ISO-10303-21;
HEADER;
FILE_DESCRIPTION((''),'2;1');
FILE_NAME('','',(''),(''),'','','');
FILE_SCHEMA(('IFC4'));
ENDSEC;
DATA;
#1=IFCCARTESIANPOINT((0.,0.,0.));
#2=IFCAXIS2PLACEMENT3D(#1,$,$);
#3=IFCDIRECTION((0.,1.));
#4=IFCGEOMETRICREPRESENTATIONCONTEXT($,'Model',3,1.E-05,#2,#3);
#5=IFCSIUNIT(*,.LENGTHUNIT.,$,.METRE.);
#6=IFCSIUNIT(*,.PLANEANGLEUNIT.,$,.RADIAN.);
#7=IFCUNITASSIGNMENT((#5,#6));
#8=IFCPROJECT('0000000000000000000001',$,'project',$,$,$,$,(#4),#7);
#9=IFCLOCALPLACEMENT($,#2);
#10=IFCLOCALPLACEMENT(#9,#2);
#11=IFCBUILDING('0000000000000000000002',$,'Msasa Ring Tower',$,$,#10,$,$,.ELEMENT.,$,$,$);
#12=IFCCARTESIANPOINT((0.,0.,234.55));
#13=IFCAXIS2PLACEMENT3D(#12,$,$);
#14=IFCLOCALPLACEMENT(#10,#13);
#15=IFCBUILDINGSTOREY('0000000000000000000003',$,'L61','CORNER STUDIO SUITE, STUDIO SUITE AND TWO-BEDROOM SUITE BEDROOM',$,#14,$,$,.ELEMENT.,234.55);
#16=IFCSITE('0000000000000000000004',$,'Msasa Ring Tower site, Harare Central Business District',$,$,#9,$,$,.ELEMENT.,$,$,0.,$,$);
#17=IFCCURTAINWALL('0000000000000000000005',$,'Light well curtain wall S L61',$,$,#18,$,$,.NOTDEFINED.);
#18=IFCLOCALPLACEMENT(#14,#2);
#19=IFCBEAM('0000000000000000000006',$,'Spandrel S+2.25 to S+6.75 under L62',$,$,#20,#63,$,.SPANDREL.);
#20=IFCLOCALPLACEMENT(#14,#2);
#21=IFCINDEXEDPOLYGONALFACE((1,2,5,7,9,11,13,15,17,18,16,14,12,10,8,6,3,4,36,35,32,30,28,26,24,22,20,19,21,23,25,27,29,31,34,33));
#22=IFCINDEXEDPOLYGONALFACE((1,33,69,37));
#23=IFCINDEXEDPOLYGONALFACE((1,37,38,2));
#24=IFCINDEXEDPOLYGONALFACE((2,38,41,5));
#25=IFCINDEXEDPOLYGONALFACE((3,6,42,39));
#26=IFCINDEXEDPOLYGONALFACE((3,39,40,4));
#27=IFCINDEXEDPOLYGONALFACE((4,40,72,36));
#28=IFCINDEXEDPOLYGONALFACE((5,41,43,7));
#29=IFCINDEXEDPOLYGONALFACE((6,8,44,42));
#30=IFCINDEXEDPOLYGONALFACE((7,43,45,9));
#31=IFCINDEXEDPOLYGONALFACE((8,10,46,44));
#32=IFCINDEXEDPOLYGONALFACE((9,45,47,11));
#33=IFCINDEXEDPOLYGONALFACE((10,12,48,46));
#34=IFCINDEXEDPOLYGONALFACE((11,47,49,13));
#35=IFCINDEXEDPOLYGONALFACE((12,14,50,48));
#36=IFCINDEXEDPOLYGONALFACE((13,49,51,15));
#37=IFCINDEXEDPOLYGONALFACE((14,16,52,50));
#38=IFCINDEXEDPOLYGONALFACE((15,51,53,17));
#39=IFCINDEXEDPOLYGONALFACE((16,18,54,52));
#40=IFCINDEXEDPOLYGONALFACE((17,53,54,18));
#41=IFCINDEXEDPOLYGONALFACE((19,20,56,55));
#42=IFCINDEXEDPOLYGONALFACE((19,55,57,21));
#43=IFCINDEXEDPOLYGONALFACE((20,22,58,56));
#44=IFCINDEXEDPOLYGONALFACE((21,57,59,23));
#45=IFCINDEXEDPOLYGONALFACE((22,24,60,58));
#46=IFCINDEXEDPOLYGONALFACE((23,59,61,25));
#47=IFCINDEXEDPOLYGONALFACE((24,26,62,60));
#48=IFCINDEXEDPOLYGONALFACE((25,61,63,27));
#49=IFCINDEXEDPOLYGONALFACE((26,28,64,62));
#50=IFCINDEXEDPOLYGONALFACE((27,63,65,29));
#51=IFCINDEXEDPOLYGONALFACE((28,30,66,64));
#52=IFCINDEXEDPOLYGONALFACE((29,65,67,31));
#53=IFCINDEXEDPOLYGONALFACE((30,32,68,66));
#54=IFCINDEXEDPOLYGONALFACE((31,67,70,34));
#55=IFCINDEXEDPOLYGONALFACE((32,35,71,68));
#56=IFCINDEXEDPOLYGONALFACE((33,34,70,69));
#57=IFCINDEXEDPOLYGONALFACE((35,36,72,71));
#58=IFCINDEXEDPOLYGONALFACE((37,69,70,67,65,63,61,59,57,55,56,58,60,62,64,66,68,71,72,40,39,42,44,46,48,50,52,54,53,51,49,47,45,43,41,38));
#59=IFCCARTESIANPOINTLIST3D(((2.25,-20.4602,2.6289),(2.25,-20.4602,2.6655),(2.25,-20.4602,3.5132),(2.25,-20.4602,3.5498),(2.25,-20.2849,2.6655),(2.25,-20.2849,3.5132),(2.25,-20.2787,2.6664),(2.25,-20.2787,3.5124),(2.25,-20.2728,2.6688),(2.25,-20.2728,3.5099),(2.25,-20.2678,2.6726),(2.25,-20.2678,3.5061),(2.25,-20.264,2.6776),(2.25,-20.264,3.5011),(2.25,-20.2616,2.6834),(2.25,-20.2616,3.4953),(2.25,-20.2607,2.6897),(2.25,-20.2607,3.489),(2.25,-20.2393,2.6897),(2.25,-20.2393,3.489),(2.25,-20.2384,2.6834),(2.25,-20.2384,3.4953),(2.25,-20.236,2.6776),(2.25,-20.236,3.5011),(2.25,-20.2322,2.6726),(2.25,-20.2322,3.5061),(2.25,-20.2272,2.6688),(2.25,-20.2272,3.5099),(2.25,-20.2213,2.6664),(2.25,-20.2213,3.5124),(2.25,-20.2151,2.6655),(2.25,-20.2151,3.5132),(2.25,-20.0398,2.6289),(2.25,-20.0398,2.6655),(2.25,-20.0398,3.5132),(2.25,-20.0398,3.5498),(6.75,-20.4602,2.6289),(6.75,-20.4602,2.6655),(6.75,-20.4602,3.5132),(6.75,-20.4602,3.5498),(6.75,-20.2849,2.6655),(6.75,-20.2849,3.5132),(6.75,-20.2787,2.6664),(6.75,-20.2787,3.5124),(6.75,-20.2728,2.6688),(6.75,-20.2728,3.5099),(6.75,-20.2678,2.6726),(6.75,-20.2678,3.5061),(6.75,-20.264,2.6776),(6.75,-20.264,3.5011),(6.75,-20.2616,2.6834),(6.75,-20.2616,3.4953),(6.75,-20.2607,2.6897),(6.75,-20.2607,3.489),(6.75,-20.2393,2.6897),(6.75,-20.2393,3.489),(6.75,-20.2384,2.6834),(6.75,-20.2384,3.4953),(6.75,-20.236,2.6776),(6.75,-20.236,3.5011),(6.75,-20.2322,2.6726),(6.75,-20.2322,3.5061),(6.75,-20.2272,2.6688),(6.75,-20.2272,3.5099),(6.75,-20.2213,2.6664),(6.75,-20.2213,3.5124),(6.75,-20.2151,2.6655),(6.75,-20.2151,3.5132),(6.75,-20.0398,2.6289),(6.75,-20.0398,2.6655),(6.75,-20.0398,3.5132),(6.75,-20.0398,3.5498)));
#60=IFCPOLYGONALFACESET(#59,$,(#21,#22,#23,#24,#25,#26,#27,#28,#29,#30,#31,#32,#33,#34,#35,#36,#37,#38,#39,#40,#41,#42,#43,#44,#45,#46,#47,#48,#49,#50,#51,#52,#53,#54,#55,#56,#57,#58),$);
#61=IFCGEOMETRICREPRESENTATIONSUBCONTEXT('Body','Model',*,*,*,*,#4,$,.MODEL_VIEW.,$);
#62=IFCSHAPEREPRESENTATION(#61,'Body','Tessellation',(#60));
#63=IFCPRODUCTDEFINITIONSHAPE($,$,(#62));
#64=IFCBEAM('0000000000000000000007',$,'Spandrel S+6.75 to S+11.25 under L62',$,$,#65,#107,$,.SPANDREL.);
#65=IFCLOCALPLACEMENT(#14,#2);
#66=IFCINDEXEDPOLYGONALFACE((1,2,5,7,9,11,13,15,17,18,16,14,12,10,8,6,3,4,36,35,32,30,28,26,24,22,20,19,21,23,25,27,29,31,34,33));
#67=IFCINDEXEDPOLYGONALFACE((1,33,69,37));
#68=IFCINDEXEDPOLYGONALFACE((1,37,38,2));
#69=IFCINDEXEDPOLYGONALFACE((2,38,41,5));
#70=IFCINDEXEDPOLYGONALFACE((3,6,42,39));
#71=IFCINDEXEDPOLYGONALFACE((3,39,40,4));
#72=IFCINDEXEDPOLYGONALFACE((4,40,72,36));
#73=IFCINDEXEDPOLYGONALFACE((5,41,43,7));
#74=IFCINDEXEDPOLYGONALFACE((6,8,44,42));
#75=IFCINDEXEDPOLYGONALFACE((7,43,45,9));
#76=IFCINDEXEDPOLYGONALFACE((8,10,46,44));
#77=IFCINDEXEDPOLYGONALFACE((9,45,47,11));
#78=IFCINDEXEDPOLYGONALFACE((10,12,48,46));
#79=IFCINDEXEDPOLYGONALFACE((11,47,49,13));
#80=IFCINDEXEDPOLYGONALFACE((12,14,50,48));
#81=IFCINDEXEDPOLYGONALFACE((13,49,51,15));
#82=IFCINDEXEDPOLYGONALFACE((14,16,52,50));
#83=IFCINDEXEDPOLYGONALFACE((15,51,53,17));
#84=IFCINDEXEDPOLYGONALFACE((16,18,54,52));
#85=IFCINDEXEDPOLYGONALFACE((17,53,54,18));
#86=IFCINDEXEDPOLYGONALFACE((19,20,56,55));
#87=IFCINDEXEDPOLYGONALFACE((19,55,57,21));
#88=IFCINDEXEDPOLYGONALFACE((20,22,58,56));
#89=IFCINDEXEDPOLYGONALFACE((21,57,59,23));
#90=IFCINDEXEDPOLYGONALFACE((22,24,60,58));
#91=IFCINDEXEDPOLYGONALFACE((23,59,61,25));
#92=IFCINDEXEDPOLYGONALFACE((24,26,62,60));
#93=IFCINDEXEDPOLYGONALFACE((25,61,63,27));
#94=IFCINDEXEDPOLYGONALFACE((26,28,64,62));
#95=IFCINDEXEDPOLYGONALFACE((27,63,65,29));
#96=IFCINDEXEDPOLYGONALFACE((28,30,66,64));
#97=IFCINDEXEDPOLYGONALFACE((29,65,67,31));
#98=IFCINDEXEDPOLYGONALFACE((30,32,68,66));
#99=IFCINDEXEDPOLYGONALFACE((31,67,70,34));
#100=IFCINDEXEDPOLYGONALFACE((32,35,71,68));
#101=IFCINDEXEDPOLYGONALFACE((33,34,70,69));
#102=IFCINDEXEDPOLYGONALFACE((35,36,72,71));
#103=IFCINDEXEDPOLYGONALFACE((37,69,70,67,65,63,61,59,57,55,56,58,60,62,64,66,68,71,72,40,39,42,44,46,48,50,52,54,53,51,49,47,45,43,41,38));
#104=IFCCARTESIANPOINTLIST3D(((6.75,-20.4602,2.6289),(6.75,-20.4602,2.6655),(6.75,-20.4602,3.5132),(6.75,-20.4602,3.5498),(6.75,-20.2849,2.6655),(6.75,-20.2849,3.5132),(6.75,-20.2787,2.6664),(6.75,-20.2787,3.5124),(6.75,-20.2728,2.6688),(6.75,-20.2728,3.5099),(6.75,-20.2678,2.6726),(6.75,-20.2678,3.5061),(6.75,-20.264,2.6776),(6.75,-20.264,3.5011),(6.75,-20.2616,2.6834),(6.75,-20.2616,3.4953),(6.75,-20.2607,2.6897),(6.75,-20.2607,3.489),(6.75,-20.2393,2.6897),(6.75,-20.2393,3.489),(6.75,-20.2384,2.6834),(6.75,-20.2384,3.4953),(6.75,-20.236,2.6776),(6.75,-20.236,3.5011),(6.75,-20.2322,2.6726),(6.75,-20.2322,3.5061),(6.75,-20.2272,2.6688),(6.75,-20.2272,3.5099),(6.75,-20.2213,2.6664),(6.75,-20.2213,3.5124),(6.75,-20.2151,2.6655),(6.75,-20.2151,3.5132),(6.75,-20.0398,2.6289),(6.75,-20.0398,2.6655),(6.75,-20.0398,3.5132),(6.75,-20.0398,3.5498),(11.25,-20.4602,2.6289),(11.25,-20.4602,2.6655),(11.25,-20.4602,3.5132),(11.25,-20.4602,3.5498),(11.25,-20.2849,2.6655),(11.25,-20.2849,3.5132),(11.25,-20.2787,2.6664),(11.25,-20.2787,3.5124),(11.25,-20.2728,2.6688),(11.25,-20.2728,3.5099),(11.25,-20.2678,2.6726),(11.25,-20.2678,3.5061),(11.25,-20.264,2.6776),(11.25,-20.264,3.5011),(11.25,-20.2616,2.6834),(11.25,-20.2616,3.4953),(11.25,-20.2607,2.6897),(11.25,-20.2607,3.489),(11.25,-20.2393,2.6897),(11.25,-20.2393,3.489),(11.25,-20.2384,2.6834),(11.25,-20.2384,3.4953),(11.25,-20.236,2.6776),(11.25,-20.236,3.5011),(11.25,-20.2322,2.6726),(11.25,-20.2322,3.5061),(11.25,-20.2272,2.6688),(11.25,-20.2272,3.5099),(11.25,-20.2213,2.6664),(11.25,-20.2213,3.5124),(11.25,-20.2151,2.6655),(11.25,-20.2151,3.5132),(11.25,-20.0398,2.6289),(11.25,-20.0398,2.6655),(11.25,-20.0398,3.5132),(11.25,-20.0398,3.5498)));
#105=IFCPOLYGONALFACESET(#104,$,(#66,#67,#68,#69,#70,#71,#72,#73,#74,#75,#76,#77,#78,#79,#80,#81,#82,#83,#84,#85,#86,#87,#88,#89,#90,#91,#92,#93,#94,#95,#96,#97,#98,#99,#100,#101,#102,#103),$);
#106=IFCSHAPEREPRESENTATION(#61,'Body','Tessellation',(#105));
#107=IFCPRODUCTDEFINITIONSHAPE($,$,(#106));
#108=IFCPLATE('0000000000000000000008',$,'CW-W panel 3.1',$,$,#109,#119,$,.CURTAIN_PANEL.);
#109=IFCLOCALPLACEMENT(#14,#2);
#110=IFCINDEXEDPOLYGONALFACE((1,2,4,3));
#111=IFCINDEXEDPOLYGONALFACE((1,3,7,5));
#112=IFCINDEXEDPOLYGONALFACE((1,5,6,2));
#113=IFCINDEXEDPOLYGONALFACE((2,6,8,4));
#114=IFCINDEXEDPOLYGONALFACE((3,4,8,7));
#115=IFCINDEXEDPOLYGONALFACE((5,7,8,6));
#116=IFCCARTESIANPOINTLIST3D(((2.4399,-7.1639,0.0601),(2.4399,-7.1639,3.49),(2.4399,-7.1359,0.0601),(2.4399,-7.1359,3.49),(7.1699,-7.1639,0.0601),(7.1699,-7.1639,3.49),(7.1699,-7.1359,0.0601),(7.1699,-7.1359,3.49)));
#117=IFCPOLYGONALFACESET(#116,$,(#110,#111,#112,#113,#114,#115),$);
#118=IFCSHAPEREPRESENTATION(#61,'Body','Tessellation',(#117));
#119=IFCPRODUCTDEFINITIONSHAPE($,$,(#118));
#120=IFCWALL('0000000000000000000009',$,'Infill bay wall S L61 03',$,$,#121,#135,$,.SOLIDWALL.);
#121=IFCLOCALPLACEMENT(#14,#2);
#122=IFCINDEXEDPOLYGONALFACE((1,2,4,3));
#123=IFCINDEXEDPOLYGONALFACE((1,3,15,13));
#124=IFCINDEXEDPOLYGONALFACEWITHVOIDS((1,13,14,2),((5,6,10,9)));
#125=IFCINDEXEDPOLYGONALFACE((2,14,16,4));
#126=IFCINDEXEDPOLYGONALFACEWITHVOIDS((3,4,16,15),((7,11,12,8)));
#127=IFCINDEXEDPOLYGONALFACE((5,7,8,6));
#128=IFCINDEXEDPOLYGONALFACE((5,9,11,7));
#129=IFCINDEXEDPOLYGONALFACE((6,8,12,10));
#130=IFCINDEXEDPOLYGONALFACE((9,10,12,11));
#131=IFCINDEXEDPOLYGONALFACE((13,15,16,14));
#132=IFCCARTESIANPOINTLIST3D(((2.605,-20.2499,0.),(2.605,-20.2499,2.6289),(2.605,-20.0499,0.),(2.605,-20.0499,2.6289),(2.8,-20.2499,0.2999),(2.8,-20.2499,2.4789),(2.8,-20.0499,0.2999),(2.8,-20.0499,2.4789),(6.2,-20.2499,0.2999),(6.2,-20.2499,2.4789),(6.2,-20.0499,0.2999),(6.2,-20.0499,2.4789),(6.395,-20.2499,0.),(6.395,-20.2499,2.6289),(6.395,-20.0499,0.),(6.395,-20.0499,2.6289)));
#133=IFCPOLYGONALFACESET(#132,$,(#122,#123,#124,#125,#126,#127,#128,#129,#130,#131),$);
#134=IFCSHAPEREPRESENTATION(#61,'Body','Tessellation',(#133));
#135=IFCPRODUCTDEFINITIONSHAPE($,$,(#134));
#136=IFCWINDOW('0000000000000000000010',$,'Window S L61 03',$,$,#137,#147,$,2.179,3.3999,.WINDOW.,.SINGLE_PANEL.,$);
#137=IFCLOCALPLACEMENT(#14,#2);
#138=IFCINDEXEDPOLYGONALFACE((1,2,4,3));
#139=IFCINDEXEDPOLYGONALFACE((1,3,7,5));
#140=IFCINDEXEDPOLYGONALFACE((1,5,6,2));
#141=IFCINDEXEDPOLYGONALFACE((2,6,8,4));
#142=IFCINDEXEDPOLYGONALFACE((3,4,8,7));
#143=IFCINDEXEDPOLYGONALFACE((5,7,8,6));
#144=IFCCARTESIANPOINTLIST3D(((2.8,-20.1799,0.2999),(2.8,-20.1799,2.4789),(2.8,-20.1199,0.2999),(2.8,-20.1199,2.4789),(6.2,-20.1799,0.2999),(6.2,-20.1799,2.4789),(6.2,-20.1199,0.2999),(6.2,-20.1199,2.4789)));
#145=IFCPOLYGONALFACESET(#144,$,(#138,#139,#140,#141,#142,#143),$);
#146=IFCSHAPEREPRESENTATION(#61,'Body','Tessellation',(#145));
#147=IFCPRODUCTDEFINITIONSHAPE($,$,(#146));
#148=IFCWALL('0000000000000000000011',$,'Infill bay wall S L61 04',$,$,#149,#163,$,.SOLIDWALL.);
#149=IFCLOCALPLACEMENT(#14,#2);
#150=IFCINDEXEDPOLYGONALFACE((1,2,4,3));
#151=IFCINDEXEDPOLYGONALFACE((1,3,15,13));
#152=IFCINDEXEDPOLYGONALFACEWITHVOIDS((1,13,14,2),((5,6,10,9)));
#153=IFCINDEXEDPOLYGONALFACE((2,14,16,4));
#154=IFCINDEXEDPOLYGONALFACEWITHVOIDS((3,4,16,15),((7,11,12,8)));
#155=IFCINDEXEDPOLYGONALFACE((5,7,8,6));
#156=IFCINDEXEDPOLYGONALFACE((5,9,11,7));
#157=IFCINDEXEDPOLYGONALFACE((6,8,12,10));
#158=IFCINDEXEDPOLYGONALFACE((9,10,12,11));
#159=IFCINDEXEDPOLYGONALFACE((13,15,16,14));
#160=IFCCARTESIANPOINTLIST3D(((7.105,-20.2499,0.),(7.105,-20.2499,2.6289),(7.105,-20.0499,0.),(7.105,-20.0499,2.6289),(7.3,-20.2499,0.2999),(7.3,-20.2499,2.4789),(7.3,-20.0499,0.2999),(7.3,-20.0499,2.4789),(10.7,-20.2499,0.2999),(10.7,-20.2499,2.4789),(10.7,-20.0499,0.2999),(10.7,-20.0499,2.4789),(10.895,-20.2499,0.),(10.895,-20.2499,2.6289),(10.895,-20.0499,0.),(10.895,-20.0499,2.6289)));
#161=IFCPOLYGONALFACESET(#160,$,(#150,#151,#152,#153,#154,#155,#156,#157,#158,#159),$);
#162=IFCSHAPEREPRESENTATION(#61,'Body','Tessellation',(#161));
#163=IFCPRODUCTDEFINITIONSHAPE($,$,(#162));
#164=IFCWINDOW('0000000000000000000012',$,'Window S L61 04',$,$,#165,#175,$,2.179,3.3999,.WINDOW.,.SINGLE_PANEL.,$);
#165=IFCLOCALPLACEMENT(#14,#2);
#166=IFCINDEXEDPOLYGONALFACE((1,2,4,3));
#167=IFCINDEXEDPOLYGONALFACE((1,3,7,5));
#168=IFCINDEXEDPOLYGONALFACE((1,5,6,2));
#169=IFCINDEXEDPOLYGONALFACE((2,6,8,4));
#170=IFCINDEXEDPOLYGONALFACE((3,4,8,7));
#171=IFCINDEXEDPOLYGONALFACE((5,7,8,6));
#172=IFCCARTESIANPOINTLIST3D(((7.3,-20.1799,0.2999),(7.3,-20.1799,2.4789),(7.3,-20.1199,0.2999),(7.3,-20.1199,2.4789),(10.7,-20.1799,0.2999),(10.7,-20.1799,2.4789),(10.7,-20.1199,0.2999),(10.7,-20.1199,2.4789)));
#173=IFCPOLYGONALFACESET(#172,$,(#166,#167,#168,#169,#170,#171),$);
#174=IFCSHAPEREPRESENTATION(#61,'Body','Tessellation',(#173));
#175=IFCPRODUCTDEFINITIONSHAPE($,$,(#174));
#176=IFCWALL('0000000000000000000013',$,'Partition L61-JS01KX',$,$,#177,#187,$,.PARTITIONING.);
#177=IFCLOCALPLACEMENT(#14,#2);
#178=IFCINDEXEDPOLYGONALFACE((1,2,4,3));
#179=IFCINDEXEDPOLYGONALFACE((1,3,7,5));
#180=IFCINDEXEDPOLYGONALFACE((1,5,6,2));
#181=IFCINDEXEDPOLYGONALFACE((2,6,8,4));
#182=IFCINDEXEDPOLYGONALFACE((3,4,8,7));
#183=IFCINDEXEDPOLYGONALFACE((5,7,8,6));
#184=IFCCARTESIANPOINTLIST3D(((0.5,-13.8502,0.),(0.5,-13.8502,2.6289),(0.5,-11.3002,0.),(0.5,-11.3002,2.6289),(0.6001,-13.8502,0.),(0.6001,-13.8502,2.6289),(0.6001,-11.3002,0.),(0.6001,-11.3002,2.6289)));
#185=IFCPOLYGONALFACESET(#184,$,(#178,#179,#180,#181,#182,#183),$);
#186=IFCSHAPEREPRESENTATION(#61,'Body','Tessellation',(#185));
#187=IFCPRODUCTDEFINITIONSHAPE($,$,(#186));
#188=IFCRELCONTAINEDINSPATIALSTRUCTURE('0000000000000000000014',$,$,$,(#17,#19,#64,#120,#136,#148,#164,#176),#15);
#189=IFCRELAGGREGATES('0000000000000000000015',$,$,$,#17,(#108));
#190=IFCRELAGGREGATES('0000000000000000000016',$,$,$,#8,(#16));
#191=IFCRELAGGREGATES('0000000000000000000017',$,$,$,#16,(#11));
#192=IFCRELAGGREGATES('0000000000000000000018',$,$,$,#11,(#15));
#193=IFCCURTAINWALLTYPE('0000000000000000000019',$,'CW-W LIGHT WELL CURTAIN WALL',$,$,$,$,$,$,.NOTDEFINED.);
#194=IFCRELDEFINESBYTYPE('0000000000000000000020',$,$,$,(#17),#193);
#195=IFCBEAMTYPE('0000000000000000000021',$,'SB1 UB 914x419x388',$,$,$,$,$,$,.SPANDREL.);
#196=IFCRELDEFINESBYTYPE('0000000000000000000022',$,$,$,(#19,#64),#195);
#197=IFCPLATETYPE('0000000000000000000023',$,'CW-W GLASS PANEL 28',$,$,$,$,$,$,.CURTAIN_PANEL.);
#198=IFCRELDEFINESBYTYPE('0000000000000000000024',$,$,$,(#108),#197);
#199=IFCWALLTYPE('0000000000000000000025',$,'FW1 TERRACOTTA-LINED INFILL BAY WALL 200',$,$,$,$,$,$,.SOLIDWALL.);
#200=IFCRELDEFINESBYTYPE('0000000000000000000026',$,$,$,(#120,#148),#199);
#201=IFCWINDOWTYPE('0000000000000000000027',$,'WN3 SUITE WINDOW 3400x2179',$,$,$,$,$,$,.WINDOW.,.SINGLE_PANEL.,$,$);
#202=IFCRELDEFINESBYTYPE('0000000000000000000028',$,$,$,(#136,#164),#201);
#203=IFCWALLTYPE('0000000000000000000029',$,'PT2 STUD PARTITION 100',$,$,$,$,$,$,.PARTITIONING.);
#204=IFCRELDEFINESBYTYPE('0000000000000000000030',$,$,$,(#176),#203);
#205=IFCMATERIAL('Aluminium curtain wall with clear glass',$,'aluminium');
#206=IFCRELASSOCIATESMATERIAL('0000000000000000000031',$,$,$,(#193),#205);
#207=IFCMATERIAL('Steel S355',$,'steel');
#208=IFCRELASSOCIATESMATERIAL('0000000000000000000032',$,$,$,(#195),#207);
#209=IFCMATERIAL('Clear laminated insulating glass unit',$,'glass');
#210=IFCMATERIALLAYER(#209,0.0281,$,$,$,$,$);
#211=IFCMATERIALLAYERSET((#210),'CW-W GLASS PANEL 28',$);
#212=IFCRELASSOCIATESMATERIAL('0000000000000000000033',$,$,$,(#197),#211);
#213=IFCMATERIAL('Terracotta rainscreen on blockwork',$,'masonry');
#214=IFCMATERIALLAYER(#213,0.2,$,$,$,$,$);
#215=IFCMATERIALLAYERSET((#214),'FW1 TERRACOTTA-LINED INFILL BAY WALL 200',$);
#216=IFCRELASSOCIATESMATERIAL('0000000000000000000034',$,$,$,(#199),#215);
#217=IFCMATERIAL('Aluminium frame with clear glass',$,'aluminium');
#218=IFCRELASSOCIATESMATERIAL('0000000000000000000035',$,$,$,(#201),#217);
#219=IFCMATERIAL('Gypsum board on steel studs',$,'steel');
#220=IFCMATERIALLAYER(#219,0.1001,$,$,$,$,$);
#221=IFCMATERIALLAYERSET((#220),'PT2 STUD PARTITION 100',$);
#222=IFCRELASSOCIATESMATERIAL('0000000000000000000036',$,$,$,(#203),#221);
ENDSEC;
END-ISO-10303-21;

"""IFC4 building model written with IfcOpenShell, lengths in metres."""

from ifc_helpers import new_model, si_unit, direction, frame, frame_2d, origin, origin_2d, place, context, subcontext, project, spatial, rectangle, i_section, extrude, material, layer, layer_set, material_profile, profile_set, type_object, element, fill, aggregate, save


model = new_model("IFC4")

# Units and contexts
model_context = context("Model", 3, precision=1e-05, world=origin(), true_north=direction((0.0, 1.0)))
body_context = subcontext(model_context, "Body", "Model", "MODEL_VIEW")
ifc_project = project(units=[si_unit("LENGTHUNIT", "METRE"), si_unit("PLANEANGLEUNIT", "RADIAN")], contexts=[model_context])

# Site, building, storey
site_placement = place(None, origin())
site = spatial("IfcSite", under=ifc_project, at=site_placement, Name="Msasa Ring Tower site, Harare Central Business District", CompositionType="ELEMENT", RefElevation=0.0)
building_placement = place(site_placement, origin())
building = spatial("IfcBuilding", under=site, at=building_placement, Name="Msasa Ring Tower", CompositionType="ELEMENT")
storey_placement = place(building_placement, frame((0.0, 0.0, 234.55)))
storey = spatial("IfcBuildingStorey", under=building, at=storey_placement, Name="L61", Description="CORNER STUDIO SUITE, STUDIO SUITE AND TWO-BEDROOM SUITE BEDROOM", CompositionType="ELEMENT", Elevation=234.55)

# Curtain wall
ifc_material_1 = material(Name="Aluminium curtain wall with clear glass", Category="aluminium")
curtain_wall_type = type_object("IfcCurtainWallType", Name="CW-W LIGHT WELL CURTAIN WALL", PredefinedType="NOTDEFINED", material=ifc_material_1)
curtain_wall_placement = place(storey_placement, origin())
curtain_wall = element("IfcCurtainWall", 1, at=curtain_wall_placement, inside=storey, type_object=curtain_wall_type, Name="Light well curtain wall S L61", PredefinedType="NOTDEFINED")

# Beams
ifc_material_2 = material(Name="Steel S355", Category="steel")
ifc_material_profile_1 = material_profile(ifc_material_2, i_section(OverallWidth=0.4204, OverallDepth=0.9209, WebThickness=0.0215, FlangeThickness=0.0366, FilletRadius=0.0242, at=origin_2d()), Name="UB 914x419x388")
ifc_profile_set_1 = profile_set([ifc_material_profile_1], Name="Steel S355")
beam_type_1 = type_object("IfcBeamType", Name="SB1 UB 914x419x388", PredefinedType="SPANDREL", material=ifc_profile_set_1)
for number, where, z_axis, x_axis, name in (
    (2, (2.25, -20.25, 3.0894), (1.0, 0.0, 0.0), (0.0, 1.0, 0.0), "Spandrel S+2.25 to S+6.75 under L62"),
    (3, (6.75, -20.25, 3.0894), (1.0, 0.0, 0.0), (0.0, 1.0, 0.0), "Spandrel S+6.75 to S+11.25 under L62"),
):
    element("IfcBeam", number, at=place(storey_placement, frame(where, z_axis=z_axis, x_axis=x_axis)), inside=storey, type_object=beam_type_1, Name=name, PredefinedType="SPANDREL", context=body_context, shape_type="SweptSolid", body=[
        extrude(i_section(OverallWidth=0.4204, OverallDepth=0.9209, WebThickness=0.0215, FlangeThickness=0.0366, FilletRadius=0.0242, at=origin_2d()), origin(), (0.0, 0.0, 1.0), 4.5),
    ])

# Plate
ifc_material_3 = material(Name="Clear laminated insulating glass unit", Category="glass")
ifc_layer_1 = layer(ifc_material_3, 0.0281)
ifc_layer_set_1 = layer_set([ifc_layer_1], Name="CW-W GLASS PANEL 28")
plate_type = type_object("IfcPlateType", Name="CW-W GLASS PANEL 28", PredefinedType="CURTAIN_PANEL", material=ifc_layer_set_1)
plate_placement = place(storey_placement, frame((4.8049, -7.1499, 0.0601), z_axis=(0.0, 0.0, 1.0), x_axis=(1.0, 0.0, 0.0)))
plate = element("IfcPlate", 4, at=plate_placement, type_object=plate_type, Name="CW-W panel 3.1", PredefinedType="CURTAIN_PANEL", context=body_context, shape_type="SweptSolid", body=[
    extrude(rectangle(XDim=4.73, YDim=0.0281, at=origin_2d()), origin(), (0.0, 0.0, 1.0), 3.4299),
])
aggregate(curtain_wall, [plate])

# Walls, openings, windows
ifc_material_4 = material(Name="Terracotta rainscreen on blockwork", Category="masonry")
ifc_layer_2 = layer(ifc_material_4, 0.2)
ifc_layer_set_2 = layer_set([ifc_layer_2], Name="FW1 TERRACOTTA-LINED INFILL BAY WALL 200")
wall_type_1 = type_object("IfcWallType", Name="FW1 TERRACOTTA-LINED INFILL BAY WALL 200", PredefinedType="SOLIDWALL", material=ifc_layer_set_2)
wall_1_placement = place(storey_placement, frame((2.605, -20.1499, 0.0), z_axis=(0.0, 0.0, 1.0), x_axis=(1.0, 0.0, 0.0)))
wall_1 = element("IfcWall", 5, at=wall_1_placement, inside=storey, type_object=wall_type_1, Name="Infill bay wall S L61 03", PredefinedType="SOLIDWALL", context=body_context, shape_type="SweptSolid", body=[
    extrude(rectangle(XDim=3.79, YDim=0.2, at=frame_2d((1.895, 0.0))), origin(), (0.0, 0.0, 1.0), 2.6289),
])
opening_1_placement = place(wall_1_placement, frame((0.1951, 0.0, 0.3)))
opening_1 = element("IfcOpeningElement", 6, at=opening_1_placement, cuts=wall_1, PredefinedType="OPENING", context=body_context, shape_type="SweptSolid", body=[
    extrude(rectangle(XDim=3.3999, YDim=2.179, at=frame_2d((1.7, 1.0894))), frame((0.0, 0.1099, 0.0), z_axis=(0.0, -1.0, 0.0), x_axis=(1.0, 0.0, 0.0)), (0.0, 0.0, 1.0), 0.22),
])
ifc_material_5 = material(Name="Aluminium frame with clear glass", Category="aluminium")
window_type = type_object("IfcWindowType", Name="WN3 SUITE WINDOW 3400x2179", PartitioningType="SINGLE_PANEL", PredefinedType="WINDOW", material=ifc_material_5)
window_1_placement = place(opening_1_placement, origin())
window_1 = element("IfcWindow", 7, at=window_1_placement, inside=storey, type_object=window_type, Name="Window S L61 03", OverallHeight=2.179, OverallWidth=3.3999, PartitioningType="SINGLE_PANEL", PredefinedType="WINDOW", context=body_context, shape_type="SweptSolid", body=[
    extrude(rectangle(XDim=3.3999, YDim=2.179, at=frame_2d((1.7, 1.0894))), frame((0.0, 0.03, 0.0), z_axis=(0.0, -1.0, 0.0), x_axis=(1.0, 0.0, 0.0)), (0.0, 0.0, 1.0), 0.0601),
])
fill(opening_1, window_1)
wall_2_placement = place(storey_placement, frame((7.105, -20.1499, 0.0), z_axis=(0.0, 0.0, 1.0), x_axis=(1.0, 0.0, 0.0)))
wall_2 = element("IfcWall", 8, at=wall_2_placement, inside=storey, type_object=wall_type_1, Name="Infill bay wall S L61 04", PredefinedType="SOLIDWALL", context=body_context, shape_type="SweptSolid", body=[
    extrude(rectangle(XDim=3.79, YDim=0.2, at=frame_2d((1.895, 0.0))), origin(), (0.0, 0.0, 1.0), 2.6289),
])
opening_2_placement = place(wall_2_placement, frame((0.1951, 0.0, 0.3)))
opening_2 = element("IfcOpeningElement", 9, at=opening_2_placement, cuts=wall_2, PredefinedType="OPENING", context=body_context, shape_type="SweptSolid", body=[
    extrude(rectangle(XDim=3.3999, YDim=2.179, at=frame_2d((1.7, 1.0894))), frame((0.0, 0.1099, 0.0), z_axis=(0.0, -1.0, 0.0), x_axis=(1.0, 0.0, 0.0)), (0.0, 0.0, 1.0), 0.22),
])
window_2_placement = place(opening_2_placement, origin())
window_2 = element("IfcWindow", 10, at=window_2_placement, inside=storey, type_object=window_type, Name="Window S L61 04", OverallHeight=2.179, OverallWidth=3.3999, PartitioningType="SINGLE_PANEL", PredefinedType="WINDOW", context=body_context, shape_type="SweptSolid", body=[
    extrude(rectangle(XDim=3.3999, YDim=2.179, at=frame_2d((1.7, 1.0894))), frame((0.0, 0.03, 0.0), z_axis=(0.0, -1.0, 0.0), x_axis=(1.0, 0.0, 0.0)), (0.0, 0.0, 1.0), 0.0601),
])
fill(opening_2, window_2)

# Wall
ifc_material_6 = material(Name="Gypsum board on steel studs", Category="steel")
ifc_layer_3 = layer(ifc_material_6, 0.1001)
ifc_layer_set_3 = layer_set([ifc_layer_3], Name="PT2 STUD PARTITION 100")
wall_type_2 = type_object("IfcWallType", Name="PT2 STUD PARTITION 100", PredefinedType="PARTITIONING", material=ifc_layer_set_3)
wall_3_placement = place(storey_placement, frame((0.55, -13.8501, 0.0), z_axis=(0.0, 0.0, 1.0), x_axis=(0.0, 1.0, 0.0)))
element("IfcWall", 11, at=wall_3_placement, inside=storey, type_object=wall_type_2, Name="Partition L61-JS01KX", PredefinedType="PARTITIONING", context=body_context, shape_type="SweptSolid", body=[
    extrude(rectangle(XDim=2.55, YDim=0.1001, at=frame_2d((1.2749, 0.0))), origin(), (0.0, 0.0, 1.0), 2.6289),
])

save(model, "model.ifc")
